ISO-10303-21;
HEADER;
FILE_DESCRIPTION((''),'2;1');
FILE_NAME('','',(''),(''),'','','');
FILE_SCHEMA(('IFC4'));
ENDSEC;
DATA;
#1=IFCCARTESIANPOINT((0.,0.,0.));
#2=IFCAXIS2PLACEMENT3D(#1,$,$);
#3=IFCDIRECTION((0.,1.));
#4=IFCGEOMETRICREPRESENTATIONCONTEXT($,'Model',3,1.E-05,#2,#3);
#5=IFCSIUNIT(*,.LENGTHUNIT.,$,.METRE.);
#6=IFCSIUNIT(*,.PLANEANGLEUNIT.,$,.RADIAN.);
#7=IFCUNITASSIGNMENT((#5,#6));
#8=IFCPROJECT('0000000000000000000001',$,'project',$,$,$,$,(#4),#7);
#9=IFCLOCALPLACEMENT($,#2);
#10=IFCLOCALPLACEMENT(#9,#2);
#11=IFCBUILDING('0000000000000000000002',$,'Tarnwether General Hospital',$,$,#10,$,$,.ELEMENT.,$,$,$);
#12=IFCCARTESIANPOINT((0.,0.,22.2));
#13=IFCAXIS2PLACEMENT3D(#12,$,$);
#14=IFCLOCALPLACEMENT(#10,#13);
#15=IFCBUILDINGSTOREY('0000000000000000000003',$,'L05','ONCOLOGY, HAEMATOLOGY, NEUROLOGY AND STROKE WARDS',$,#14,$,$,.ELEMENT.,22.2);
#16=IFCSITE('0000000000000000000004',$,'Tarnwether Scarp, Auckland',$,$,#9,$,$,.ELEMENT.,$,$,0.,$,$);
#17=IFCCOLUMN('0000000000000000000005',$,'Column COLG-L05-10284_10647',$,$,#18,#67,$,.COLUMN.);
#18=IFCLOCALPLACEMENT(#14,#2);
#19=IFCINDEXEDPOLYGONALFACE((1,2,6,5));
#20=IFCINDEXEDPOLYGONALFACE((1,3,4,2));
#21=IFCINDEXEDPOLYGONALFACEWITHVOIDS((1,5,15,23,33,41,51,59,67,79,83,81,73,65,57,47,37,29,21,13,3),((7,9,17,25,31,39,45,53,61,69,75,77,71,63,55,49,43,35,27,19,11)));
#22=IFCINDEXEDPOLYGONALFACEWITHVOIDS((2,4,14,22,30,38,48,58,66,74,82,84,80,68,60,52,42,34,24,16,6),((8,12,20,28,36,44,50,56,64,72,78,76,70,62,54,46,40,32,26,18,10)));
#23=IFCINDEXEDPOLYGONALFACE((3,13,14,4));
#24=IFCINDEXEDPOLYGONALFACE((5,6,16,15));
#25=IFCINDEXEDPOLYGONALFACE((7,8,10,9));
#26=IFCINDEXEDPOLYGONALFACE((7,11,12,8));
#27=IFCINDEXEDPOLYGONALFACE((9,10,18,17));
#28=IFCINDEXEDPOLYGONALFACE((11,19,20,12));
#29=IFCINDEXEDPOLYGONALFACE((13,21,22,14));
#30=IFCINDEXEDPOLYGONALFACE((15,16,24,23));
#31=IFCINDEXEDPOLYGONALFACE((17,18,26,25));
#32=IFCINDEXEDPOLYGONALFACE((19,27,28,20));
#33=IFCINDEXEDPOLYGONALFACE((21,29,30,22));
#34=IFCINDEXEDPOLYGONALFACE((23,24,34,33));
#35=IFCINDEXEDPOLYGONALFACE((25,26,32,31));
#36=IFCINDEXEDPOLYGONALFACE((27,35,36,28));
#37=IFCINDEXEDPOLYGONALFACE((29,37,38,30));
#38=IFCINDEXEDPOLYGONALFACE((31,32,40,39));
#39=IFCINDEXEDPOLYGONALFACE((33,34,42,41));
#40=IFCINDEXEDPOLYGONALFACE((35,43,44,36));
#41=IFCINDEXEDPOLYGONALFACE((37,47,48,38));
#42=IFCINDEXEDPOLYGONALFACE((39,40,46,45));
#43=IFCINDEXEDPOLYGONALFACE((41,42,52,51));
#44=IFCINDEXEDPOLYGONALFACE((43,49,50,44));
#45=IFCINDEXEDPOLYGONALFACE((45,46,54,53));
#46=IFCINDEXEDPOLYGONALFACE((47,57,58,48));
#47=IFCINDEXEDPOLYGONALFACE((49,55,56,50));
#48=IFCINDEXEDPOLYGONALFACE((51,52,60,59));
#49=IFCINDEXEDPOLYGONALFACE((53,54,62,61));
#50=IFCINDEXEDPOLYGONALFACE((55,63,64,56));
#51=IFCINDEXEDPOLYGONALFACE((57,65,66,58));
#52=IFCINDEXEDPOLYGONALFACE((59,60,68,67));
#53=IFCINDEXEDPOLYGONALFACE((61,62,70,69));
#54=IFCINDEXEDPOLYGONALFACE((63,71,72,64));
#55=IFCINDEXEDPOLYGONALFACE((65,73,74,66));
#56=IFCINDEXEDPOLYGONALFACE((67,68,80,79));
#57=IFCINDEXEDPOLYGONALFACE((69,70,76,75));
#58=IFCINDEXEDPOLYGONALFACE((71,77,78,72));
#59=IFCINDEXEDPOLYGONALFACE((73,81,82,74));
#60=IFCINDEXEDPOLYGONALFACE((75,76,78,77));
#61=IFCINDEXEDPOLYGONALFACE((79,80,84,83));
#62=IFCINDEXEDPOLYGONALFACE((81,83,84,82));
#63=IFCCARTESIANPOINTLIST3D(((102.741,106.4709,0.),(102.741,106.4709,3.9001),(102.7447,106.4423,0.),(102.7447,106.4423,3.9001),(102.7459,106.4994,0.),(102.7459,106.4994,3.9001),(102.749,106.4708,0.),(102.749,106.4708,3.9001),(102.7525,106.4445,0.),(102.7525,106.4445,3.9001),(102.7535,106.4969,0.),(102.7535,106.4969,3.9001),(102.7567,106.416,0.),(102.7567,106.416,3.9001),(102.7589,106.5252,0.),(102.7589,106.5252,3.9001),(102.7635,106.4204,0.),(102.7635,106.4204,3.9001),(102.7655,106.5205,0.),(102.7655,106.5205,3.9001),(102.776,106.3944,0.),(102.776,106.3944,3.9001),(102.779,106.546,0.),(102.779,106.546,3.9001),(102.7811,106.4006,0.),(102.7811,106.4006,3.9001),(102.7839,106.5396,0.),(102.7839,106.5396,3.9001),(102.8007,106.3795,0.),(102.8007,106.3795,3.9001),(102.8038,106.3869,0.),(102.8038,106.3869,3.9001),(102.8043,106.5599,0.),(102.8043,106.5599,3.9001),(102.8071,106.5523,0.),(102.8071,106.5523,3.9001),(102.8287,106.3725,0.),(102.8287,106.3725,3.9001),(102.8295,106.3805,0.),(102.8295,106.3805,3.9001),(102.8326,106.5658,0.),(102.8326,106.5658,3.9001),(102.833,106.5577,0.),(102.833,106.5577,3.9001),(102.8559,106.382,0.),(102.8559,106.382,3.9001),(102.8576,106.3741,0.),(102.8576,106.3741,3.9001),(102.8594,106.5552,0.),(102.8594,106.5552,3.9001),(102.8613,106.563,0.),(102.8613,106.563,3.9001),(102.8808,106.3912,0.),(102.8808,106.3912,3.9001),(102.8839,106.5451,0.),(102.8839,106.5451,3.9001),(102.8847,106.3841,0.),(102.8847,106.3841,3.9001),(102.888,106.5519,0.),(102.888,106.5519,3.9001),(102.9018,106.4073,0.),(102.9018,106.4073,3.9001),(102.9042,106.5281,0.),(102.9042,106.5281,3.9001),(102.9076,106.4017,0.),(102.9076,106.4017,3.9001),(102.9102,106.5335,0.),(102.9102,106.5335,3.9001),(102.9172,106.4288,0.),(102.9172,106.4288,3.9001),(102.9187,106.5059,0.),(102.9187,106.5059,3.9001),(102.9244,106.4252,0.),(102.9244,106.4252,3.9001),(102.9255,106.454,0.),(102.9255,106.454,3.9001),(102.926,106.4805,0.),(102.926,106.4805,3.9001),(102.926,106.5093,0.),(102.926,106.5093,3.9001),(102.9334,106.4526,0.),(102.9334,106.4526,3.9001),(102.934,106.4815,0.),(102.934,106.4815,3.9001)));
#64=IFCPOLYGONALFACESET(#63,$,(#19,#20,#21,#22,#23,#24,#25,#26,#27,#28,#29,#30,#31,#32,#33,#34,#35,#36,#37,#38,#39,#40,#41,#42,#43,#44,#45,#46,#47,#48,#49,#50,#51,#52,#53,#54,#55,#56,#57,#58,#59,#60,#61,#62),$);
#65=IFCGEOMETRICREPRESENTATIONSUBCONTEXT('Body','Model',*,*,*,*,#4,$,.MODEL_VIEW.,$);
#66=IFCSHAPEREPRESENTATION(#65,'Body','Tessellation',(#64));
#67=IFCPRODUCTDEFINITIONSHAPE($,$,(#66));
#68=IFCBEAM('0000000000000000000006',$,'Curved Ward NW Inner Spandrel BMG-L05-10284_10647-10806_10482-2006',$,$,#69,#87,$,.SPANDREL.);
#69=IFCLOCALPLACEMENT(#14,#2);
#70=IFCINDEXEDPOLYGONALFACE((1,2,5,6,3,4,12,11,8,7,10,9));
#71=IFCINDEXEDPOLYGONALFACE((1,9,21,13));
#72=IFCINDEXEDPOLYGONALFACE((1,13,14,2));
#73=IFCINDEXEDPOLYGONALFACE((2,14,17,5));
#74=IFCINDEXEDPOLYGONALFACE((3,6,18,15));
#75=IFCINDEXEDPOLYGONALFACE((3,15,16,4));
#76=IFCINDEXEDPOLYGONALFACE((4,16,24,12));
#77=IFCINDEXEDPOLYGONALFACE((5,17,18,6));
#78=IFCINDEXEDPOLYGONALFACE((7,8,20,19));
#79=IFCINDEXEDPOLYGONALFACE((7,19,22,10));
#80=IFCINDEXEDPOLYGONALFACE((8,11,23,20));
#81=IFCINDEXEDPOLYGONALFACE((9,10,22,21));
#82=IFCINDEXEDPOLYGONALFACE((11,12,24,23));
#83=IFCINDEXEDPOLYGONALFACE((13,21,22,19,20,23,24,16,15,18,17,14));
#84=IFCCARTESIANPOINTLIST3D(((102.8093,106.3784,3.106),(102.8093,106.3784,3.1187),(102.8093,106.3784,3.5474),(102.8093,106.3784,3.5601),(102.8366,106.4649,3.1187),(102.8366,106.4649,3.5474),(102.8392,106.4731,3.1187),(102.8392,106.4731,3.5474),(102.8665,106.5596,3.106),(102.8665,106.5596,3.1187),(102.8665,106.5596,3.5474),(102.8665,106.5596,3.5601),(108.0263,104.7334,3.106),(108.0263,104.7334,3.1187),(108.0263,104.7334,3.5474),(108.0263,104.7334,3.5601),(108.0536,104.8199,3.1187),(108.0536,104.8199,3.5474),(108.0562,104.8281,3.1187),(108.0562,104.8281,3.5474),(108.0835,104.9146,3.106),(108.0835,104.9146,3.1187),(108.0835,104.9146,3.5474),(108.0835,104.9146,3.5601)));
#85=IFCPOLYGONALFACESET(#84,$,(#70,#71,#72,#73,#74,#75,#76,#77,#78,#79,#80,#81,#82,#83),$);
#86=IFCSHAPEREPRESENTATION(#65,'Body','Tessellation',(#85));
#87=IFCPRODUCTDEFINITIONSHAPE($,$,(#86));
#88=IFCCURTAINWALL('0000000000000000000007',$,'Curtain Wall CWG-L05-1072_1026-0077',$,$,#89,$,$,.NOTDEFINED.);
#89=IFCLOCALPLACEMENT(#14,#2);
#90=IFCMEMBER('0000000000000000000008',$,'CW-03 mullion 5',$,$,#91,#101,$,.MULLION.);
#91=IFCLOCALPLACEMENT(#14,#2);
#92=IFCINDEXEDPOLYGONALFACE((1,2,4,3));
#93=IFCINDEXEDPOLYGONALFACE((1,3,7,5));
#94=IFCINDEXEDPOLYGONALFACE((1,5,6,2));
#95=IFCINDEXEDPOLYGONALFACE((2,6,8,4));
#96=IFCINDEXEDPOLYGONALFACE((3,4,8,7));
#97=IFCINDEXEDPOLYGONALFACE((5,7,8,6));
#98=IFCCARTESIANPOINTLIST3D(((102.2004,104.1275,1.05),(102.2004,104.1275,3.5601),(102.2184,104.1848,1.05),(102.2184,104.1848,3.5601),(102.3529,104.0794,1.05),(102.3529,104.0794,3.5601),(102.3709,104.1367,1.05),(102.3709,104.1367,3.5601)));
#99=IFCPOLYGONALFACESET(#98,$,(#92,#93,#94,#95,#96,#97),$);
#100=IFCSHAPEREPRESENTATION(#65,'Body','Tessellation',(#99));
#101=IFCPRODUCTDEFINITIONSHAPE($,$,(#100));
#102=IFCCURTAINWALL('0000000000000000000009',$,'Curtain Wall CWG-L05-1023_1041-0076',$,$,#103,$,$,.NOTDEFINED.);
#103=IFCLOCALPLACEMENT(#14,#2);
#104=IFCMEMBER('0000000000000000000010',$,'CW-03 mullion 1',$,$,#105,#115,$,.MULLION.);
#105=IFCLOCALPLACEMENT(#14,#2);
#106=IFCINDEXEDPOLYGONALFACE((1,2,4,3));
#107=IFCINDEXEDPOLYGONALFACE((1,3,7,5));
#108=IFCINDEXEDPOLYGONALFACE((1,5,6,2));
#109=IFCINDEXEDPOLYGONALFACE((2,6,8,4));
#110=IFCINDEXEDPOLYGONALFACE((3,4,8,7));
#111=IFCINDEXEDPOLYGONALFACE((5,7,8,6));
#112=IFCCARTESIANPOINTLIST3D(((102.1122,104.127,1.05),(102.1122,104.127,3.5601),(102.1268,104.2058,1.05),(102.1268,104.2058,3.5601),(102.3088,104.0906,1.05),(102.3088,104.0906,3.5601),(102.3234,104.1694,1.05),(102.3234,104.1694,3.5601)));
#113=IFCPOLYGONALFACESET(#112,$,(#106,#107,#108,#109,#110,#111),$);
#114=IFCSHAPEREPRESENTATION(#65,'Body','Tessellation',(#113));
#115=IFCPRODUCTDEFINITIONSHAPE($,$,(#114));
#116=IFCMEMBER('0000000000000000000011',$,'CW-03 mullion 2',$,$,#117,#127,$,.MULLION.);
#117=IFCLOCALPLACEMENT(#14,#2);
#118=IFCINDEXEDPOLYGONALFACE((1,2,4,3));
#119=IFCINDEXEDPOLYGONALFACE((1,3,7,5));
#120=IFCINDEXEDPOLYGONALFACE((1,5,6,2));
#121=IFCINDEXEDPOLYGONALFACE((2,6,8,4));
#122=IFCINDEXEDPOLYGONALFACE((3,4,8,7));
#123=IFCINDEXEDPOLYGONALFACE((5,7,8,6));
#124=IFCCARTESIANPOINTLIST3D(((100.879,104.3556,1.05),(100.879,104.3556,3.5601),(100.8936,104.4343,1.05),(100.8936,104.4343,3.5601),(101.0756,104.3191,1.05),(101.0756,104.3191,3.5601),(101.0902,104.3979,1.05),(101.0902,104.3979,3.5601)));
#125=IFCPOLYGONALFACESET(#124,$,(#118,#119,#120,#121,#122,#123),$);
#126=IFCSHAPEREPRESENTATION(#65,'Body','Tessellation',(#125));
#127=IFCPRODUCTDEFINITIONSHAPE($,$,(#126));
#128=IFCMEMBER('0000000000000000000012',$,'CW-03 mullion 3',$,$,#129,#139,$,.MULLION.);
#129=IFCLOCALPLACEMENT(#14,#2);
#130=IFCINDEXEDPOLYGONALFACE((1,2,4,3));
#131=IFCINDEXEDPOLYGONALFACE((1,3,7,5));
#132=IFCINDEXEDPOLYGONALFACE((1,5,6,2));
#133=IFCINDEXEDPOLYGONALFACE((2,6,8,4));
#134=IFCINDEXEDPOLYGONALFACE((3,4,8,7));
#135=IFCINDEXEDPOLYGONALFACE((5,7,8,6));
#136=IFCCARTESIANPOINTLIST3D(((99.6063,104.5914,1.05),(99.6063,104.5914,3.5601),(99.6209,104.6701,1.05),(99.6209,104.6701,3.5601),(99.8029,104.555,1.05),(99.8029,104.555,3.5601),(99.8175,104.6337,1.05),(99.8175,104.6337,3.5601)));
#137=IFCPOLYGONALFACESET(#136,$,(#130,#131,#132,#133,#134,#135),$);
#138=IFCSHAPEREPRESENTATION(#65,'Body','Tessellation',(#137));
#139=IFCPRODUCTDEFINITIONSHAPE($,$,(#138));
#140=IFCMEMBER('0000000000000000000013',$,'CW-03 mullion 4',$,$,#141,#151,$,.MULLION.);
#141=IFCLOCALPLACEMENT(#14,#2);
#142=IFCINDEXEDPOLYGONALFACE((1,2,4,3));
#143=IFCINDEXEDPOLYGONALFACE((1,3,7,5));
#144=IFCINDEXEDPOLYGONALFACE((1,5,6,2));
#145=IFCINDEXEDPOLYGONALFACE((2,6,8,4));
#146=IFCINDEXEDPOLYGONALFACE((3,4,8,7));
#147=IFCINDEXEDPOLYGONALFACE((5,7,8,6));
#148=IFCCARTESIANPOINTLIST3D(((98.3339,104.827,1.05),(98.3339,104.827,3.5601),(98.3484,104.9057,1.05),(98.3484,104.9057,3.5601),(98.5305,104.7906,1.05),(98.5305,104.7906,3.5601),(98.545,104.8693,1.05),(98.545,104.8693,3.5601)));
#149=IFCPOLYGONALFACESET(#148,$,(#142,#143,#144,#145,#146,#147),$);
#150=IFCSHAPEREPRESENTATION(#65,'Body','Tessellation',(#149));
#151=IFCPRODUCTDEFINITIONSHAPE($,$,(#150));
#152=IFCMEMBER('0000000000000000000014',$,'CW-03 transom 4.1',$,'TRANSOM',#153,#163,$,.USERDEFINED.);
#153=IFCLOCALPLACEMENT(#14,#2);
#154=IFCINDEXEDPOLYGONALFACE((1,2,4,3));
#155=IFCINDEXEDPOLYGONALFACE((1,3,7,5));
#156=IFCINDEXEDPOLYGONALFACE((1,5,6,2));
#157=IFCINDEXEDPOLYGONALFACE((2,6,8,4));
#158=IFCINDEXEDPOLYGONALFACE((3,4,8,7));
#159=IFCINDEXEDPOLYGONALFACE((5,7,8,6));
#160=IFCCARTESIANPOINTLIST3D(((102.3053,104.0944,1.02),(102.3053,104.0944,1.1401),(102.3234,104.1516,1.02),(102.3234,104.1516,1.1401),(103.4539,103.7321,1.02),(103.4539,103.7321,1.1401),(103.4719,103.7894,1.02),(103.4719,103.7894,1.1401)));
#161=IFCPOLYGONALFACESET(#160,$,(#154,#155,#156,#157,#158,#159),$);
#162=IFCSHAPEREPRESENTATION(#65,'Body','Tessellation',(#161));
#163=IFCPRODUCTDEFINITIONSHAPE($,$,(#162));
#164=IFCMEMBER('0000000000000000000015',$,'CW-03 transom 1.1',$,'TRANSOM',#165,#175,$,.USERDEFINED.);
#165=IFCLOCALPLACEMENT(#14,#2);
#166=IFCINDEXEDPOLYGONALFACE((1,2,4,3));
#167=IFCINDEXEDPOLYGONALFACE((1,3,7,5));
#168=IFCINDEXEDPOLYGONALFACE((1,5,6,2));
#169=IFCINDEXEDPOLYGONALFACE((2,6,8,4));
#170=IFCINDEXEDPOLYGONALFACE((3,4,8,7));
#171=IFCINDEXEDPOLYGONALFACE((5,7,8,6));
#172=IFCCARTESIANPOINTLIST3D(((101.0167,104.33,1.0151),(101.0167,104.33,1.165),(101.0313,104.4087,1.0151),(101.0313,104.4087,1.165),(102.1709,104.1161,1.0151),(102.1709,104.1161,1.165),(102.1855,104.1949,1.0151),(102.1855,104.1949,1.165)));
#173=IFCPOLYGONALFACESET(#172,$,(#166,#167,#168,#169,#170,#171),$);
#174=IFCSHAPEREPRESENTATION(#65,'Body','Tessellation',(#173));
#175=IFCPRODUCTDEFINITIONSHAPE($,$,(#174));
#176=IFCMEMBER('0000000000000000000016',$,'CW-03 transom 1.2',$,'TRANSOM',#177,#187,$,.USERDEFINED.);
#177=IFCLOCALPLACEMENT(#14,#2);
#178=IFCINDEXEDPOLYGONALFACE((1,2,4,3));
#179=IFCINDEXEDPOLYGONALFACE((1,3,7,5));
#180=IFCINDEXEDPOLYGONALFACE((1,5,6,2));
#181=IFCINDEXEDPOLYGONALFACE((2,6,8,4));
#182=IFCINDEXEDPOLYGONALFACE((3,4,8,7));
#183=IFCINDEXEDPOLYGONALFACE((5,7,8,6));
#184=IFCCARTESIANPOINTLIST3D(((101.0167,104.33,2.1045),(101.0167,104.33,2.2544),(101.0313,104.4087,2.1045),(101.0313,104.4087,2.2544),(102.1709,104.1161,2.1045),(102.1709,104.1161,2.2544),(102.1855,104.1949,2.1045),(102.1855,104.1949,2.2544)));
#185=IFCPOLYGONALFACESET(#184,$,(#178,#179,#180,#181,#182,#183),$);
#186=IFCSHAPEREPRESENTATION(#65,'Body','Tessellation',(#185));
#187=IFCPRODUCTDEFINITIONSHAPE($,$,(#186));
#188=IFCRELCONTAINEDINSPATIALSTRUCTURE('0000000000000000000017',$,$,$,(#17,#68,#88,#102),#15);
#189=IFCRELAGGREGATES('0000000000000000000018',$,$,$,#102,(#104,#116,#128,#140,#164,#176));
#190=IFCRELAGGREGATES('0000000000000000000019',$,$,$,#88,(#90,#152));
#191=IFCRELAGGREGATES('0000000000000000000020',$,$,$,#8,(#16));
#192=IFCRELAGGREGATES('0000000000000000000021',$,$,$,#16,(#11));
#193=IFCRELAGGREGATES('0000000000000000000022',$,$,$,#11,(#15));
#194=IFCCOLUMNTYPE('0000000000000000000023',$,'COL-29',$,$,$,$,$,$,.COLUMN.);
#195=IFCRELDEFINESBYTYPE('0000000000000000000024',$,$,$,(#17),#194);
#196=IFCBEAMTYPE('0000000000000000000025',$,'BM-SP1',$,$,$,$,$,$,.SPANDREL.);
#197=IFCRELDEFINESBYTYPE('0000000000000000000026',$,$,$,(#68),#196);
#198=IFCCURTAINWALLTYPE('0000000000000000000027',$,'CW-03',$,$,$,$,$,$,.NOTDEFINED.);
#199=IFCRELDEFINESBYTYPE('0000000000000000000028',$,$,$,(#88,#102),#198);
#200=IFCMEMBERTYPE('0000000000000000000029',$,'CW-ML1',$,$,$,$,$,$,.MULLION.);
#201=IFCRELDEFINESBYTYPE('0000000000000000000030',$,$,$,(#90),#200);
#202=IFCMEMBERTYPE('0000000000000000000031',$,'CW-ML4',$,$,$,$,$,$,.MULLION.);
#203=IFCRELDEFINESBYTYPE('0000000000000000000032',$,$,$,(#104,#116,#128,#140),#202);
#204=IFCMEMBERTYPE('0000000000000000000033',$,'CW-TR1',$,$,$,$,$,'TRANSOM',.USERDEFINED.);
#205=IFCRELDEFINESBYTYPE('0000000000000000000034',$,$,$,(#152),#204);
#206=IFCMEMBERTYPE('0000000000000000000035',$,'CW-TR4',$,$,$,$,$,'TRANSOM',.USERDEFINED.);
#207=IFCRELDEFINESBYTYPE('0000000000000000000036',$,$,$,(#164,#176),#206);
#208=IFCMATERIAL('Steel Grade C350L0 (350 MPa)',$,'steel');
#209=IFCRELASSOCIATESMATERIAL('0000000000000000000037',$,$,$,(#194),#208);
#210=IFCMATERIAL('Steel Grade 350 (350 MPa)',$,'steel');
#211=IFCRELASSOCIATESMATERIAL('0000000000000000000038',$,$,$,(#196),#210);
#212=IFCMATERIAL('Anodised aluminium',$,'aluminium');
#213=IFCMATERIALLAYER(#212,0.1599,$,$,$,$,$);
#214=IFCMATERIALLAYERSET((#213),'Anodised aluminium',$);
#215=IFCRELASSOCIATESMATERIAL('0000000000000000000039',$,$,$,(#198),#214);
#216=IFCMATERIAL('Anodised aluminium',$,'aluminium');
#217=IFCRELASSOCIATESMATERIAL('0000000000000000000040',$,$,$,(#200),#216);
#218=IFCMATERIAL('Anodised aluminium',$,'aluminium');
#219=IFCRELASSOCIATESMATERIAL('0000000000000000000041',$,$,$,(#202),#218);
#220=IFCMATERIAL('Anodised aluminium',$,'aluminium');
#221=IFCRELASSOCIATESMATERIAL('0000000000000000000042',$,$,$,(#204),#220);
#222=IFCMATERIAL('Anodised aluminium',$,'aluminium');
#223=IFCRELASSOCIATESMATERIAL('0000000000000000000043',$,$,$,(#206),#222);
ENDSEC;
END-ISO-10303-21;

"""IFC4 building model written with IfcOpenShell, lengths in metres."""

from ifc_helpers import new_model, si_unit, direction, frame, origin, origin_2d, place, context, subcontext, project, spatial, rectangle, hollow_circle, i_section, extrude, material, layer, layer_set, material_profile, profile_set, type_object, element, aggregate, save


model = new_model("IFC4")

# Units and contexts
model_context = context("Model", 3, precision=1e-05, world=origin(), true_north=direction((0.0, 1.0)))
body_context = subcontext(model_context, "Body", "Model", "MODEL_VIEW")
ifc_project = project(units=[si_unit("LENGTHUNIT", "METRE"), si_unit("PLANEANGLEUNIT", "RADIAN")], contexts=[model_context])

# Site, building, storey
site_placement = place(None, origin())
site = spatial("IfcSite", under=ifc_project, at=site_placement, Name="Tarnwether Scarp, Auckland", CompositionType="ELEMENT", RefElevation=0.0)
building_placement = place(site_placement, origin())
building = spatial("IfcBuilding", under=site, at=building_placement, Name="Tarnwether General Hospital", CompositionType="ELEMENT")
storey_placement = place(building_placement, frame((0.0, 0.0, 22.2)))
storey = spatial("IfcBuildingStorey", under=building, at=storey_placement, Name="L05", Description="ONCOLOGY, HAEMATOLOGY, NEUROLOGY AND STROKE WARDS", CompositionType="ELEMENT", Elevation=22.2)

# Column
ifc_material_1 = material(Name="Steel Grade C350L0 (350 MPa)", Category="steel")
ifc_material_profile_1 = material_profile(ifc_material_1, hollow_circle(Radius=0.0969, WallThickness=0.0081, at=origin_2d()), Name="CHS193.7x8.0")
ifc_profile_set_1 = profile_set([ifc_material_profile_1], Name="Steel Grade C350L0 (350 MPa)")
column_type = type_object("IfcColumnType", Name="COL-29", PredefinedType="COLUMN", material=ifc_profile_set_1)
column_placement = place(storey_placement, frame((102.8379, 106.469, 0.0), z_axis=(0.0, 0.0, 1.0), x_axis=(0.241922, 0.970296, 0.0)))
element("IfcColumn", 1, at=column_placement, inside=storey, type_object=column_type, Name="Column COLG-L05-10284_10647", PredefinedType="COLUMN", context=body_context, shape_type="SweptSolid", body=[
    extrude(hollow_circle(Radius=0.0969, WallThickness=0.0081, at=origin_2d()), origin(), (0.0, 0.0, 1.0), 3.9001),
])

# Beam
ifc_material_2 = material(Name="Steel Grade 350 (350 MPa)", Category="steel")
ifc_material_profile_2 = material_profile(ifc_material_2, i_section(OverallWidth=0.1899, OverallDepth=0.4541, WebThickness=0.0085, FlangeThickness=0.0127, at=origin_2d()), Name="460UB67.1")
ifc_profile_set_2 = profile_set([ifc_material_profile_2], Name="Steel Grade 350 (350 MPa)")
beam_type = type_object("IfcBeamType", Name="BM-SP1", PredefinedType="SPANDREL", material=ifc_profile_set_2)
beam_placement = place(storey_placement, frame((102.8379, 106.469, 3.333), z_axis=(0.953712, -0.300721, 0.0), x_axis=(0.300721, 0.953712, 0.0)))
element("IfcBeam", 2, at=beam_placement, inside=storey, type_object=beam_type, Name="Curved Ward NW Inner Spandrel BMG-L05-10284_10647-10806_10482-2006", PredefinedType="SPANDREL", context=body_context, shape_type="SweptSolid", body=[
    extrude(i_section(OverallWidth=0.1899, OverallDepth=0.4541, WebThickness=0.0085, FlangeThickness=0.0127, at=origin_2d()), origin(), (0.0, 0.0, 1.0), 5.4702),
])

# Curtain wall, member
ifc_material_3 = material(Name="Anodised aluminium", Category="aluminium")
ifc_layer_1 = layer(ifc_material_3, 0.1599)
ifc_layer_set_1 = layer_set([ifc_layer_1], Name="Anodised aluminium")
curtain_wall_type = type_object("IfcCurtainWallType", Name="CW-03", PredefinedType="NOTDEFINED", material=ifc_layer_set_1)
curtain_wall_1_placement = place(storey_placement, origin())
curtain_wall_1 = element("IfcCurtainWall", 3, at=curtain_wall_1_placement, inside=storey, type_object=curtain_wall_type, Name="Curtain Wall CWG-L05-1072_1026-0077", PredefinedType="NOTDEFINED")
ifc_material_4 = material(Name="Anodised aluminium", Category="aluminium")
ifc_material_profile_3 = material_profile(ifc_material_4, rectangle(XDim=0.0601, YDim=0.1599, at=origin_2d()), Name="ALU-MUL-60x160")
ifc_profile_set_3 = profile_set([ifc_material_profile_3], Name="Anodised aluminium")
member_type_1 = type_object("IfcMemberType", Name="CW-ML1", PredefinedType="MULLION", material=ifc_profile_set_3)
member_1_placement = place(storey_placement, frame((102.2856, 104.1321, 1.05), z_axis=(0.0, 0.0, 1.0), x_axis=(-0.300715, -0.953714, 0.0)))
member_1 = element("IfcMember", 4, at=member_1_placement, type_object=member_type_1, Name="CW-03 mullion 5", PredefinedType="MULLION", context=body_context, shape_type="SweptSolid", body=[
    extrude(rectangle(XDim=0.0601, YDim=0.1599, at=origin_2d()), origin(), (0.0, 0.0, 1.0), 2.51),
])

# Curtain wall, members
curtain_wall_2_placement = place(storey_placement, origin())
curtain_wall_2 = element("IfcCurtainWall", 5, at=curtain_wall_2_placement, inside=storey, type_object=curtain_wall_type, Name="Curtain Wall CWG-L05-1023_1041-0076", PredefinedType="NOTDEFINED")
ifc_material_5 = material(Name="Anodised aluminium", Category="aluminium")
ifc_material_profile_4 = material_profile(ifc_material_5, rectangle(XDim=0.0801, YDim=0.2, at=origin_2d()), Name="ALU-MUL-80x200")
ifc_profile_set_4 = profile_set([ifc_material_profile_4], Name="Anodised aluminium")
member_type_2 = type_object("IfcMemberType", Name="CW-ML4", PredefinedType="MULLION", material=ifc_profile_set_4)
member_2_placement = place(storey_placement, frame((102.2178, 104.1482, 1.05), z_axis=(0.0, 0.0, 1.0), x_axis=(-0.182165, -0.983268, 0.0)))
member_2 = element("IfcMember", 6, at=member_2_placement, type_object=member_type_2, Name="CW-03 mullion 1", PredefinedType="MULLION", context=body_context, shape_type="SweptSolid", body=[
    extrude(rectangle(XDim=0.0801, YDim=0.2, at=origin_2d()), origin(), (0.0, 0.0, 1.0), 2.51),
])
member_3_placement = place(storey_placement, frame((100.9846, 104.3767, 1.05), z_axis=(0.0, 0.0, 1.0), x_axis=(-0.182165, -0.983268, 0.0)))
member_3 = element("IfcMember", 7, at=member_3_placement, type_object=member_type_2, Name="CW-03 mullion 2", PredefinedType="MULLION", context=body_context, shape_type="SweptSolid", body=[
    extrude(rectangle(XDim=0.0801, YDim=0.2, at=origin_2d()), origin(), (0.0, 0.0, 1.0), 2.51),
])
member_4_placement = place(storey_placement, frame((99.7119, 104.6125, 1.05), z_axis=(0.0, 0.0, 1.0), x_axis=(-0.182165, -0.983268, 0.0)))
member_4 = element("IfcMember", 8, at=member_4_placement, type_object=member_type_2, Name="CW-03 mullion 3", PredefinedType="MULLION", context=body_context, shape_type="SweptSolid", body=[
    extrude(rectangle(XDim=0.0801, YDim=0.2, at=origin_2d()), origin(), (0.0, 0.0, 1.0), 2.51),
])
member_5_placement = place(storey_placement, frame((98.4395, 104.8481, 1.05), z_axis=(0.0, 0.0, 1.0), x_axis=(-0.182165, -0.983268, 0.0)))
member_5 = element("IfcMember", 9, at=member_5_placement, type_object=member_type_2, Name="CW-03 mullion 4", PredefinedType="MULLION", context=body_context, shape_type="SweptSolid", body=[
    extrude(rectangle(XDim=0.0801, YDim=0.2, at=origin_2d()), origin(), (0.0, 0.0, 1.0), 2.51),
])

# Members
ifc_material_6 = material(Name="Anodised aluminium", Category="aluminium")
ifc_material_profile_5 = material_profile(ifc_material_6, rectangle(XDim=0.0601, YDim=0.1201, at=origin_2d()), Name="ALU-TRN-60x120")
ifc_profile_set_5 = profile_set([ifc_material_profile_5], Name="Anodised aluminium")
member_type_3 = type_object("IfcMemberType", Name="CW-TR1", ElementType="TRANSOM", PredefinedType="USERDEFINED", material=ifc_profile_set_5)
member_6_placement = place(storey_placement, frame((103.4629, 103.7607, 1.0801), z_axis=(-0.953687, 0.300802, 0.0), x_axis=(-0.300802, -0.953687, 0.0)))
member_6 = element("IfcMember", 10, at=member_6_placement, type_object=member_type_3, Name="CW-03 transom 4.1", ObjectType="TRANSOM", PredefinedType="USERDEFINED", context=body_context, shape_type="SweptSolid", body=[
    extrude(rectangle(XDim=0.0601, YDim=0.1201, at=origin_2d()), origin(), (0.0, 0.0, 1.0), 1.2043),
])
ifc_material_7 = material(Name="Anodised aluminium", Category="aluminium")
ifc_material_profile_6 = material_profile(ifc_material_7, rectangle(XDim=0.0801, YDim=0.1499, at=origin_2d()), Name="ALU-TRN-80x150")
ifc_profile_set_6 = profile_set([ifc_material_profile_6], Name="Anodised aluminium")
member_type_4 = type_object("IfcMemberType", Name="CW-TR4", ElementType="TRANSOM", PredefinedType="USERDEFINED", material=ifc_profile_set_6)
member_7_placement = place(storey_placement, frame((102.1782, 104.1555, 1.0901), z_axis=(-0.983265, 0.182179, 0.0), x_axis=(-0.182179, -0.983265, 0.0)))
member_7 = element("IfcMember", 11, at=member_7_placement, type_object=member_type_4, Name="CW-03 transom 1.1", ObjectType="TRANSOM", PredefinedType="USERDEFINED", context=body_context, shape_type="SweptSolid", body=[
    extrude(rectangle(XDim=0.0801, YDim=0.1499, at=origin_2d()), origin(), (0.0, 0.0, 1.0), 1.1738),
])
member_8_placement = place(storey_placement, frame((102.1782, 104.1555, 2.1794), z_axis=(-0.983265, 0.182179, 0.0), x_axis=(-0.182179, -0.983265, 0.0)))
member_8 = element("IfcMember", 12, at=member_8_placement, type_object=member_type_4, Name="CW-03 transom 1.2", ObjectType="TRANSOM", PredefinedType="USERDEFINED", context=body_context, shape_type="SweptSolid", body=[
    extrude(rectangle(XDim=0.0801, YDim=0.1499, at=origin_2d()), origin(), (0.0, 0.0, 1.0), 1.1738),
])

aggregate(curtain_wall_2, [member_2, member_3, member_4, member_5, member_7, member_8])
aggregate(curtain_wall_1, [member_1, member_6])

save(model, "model.ifc")
